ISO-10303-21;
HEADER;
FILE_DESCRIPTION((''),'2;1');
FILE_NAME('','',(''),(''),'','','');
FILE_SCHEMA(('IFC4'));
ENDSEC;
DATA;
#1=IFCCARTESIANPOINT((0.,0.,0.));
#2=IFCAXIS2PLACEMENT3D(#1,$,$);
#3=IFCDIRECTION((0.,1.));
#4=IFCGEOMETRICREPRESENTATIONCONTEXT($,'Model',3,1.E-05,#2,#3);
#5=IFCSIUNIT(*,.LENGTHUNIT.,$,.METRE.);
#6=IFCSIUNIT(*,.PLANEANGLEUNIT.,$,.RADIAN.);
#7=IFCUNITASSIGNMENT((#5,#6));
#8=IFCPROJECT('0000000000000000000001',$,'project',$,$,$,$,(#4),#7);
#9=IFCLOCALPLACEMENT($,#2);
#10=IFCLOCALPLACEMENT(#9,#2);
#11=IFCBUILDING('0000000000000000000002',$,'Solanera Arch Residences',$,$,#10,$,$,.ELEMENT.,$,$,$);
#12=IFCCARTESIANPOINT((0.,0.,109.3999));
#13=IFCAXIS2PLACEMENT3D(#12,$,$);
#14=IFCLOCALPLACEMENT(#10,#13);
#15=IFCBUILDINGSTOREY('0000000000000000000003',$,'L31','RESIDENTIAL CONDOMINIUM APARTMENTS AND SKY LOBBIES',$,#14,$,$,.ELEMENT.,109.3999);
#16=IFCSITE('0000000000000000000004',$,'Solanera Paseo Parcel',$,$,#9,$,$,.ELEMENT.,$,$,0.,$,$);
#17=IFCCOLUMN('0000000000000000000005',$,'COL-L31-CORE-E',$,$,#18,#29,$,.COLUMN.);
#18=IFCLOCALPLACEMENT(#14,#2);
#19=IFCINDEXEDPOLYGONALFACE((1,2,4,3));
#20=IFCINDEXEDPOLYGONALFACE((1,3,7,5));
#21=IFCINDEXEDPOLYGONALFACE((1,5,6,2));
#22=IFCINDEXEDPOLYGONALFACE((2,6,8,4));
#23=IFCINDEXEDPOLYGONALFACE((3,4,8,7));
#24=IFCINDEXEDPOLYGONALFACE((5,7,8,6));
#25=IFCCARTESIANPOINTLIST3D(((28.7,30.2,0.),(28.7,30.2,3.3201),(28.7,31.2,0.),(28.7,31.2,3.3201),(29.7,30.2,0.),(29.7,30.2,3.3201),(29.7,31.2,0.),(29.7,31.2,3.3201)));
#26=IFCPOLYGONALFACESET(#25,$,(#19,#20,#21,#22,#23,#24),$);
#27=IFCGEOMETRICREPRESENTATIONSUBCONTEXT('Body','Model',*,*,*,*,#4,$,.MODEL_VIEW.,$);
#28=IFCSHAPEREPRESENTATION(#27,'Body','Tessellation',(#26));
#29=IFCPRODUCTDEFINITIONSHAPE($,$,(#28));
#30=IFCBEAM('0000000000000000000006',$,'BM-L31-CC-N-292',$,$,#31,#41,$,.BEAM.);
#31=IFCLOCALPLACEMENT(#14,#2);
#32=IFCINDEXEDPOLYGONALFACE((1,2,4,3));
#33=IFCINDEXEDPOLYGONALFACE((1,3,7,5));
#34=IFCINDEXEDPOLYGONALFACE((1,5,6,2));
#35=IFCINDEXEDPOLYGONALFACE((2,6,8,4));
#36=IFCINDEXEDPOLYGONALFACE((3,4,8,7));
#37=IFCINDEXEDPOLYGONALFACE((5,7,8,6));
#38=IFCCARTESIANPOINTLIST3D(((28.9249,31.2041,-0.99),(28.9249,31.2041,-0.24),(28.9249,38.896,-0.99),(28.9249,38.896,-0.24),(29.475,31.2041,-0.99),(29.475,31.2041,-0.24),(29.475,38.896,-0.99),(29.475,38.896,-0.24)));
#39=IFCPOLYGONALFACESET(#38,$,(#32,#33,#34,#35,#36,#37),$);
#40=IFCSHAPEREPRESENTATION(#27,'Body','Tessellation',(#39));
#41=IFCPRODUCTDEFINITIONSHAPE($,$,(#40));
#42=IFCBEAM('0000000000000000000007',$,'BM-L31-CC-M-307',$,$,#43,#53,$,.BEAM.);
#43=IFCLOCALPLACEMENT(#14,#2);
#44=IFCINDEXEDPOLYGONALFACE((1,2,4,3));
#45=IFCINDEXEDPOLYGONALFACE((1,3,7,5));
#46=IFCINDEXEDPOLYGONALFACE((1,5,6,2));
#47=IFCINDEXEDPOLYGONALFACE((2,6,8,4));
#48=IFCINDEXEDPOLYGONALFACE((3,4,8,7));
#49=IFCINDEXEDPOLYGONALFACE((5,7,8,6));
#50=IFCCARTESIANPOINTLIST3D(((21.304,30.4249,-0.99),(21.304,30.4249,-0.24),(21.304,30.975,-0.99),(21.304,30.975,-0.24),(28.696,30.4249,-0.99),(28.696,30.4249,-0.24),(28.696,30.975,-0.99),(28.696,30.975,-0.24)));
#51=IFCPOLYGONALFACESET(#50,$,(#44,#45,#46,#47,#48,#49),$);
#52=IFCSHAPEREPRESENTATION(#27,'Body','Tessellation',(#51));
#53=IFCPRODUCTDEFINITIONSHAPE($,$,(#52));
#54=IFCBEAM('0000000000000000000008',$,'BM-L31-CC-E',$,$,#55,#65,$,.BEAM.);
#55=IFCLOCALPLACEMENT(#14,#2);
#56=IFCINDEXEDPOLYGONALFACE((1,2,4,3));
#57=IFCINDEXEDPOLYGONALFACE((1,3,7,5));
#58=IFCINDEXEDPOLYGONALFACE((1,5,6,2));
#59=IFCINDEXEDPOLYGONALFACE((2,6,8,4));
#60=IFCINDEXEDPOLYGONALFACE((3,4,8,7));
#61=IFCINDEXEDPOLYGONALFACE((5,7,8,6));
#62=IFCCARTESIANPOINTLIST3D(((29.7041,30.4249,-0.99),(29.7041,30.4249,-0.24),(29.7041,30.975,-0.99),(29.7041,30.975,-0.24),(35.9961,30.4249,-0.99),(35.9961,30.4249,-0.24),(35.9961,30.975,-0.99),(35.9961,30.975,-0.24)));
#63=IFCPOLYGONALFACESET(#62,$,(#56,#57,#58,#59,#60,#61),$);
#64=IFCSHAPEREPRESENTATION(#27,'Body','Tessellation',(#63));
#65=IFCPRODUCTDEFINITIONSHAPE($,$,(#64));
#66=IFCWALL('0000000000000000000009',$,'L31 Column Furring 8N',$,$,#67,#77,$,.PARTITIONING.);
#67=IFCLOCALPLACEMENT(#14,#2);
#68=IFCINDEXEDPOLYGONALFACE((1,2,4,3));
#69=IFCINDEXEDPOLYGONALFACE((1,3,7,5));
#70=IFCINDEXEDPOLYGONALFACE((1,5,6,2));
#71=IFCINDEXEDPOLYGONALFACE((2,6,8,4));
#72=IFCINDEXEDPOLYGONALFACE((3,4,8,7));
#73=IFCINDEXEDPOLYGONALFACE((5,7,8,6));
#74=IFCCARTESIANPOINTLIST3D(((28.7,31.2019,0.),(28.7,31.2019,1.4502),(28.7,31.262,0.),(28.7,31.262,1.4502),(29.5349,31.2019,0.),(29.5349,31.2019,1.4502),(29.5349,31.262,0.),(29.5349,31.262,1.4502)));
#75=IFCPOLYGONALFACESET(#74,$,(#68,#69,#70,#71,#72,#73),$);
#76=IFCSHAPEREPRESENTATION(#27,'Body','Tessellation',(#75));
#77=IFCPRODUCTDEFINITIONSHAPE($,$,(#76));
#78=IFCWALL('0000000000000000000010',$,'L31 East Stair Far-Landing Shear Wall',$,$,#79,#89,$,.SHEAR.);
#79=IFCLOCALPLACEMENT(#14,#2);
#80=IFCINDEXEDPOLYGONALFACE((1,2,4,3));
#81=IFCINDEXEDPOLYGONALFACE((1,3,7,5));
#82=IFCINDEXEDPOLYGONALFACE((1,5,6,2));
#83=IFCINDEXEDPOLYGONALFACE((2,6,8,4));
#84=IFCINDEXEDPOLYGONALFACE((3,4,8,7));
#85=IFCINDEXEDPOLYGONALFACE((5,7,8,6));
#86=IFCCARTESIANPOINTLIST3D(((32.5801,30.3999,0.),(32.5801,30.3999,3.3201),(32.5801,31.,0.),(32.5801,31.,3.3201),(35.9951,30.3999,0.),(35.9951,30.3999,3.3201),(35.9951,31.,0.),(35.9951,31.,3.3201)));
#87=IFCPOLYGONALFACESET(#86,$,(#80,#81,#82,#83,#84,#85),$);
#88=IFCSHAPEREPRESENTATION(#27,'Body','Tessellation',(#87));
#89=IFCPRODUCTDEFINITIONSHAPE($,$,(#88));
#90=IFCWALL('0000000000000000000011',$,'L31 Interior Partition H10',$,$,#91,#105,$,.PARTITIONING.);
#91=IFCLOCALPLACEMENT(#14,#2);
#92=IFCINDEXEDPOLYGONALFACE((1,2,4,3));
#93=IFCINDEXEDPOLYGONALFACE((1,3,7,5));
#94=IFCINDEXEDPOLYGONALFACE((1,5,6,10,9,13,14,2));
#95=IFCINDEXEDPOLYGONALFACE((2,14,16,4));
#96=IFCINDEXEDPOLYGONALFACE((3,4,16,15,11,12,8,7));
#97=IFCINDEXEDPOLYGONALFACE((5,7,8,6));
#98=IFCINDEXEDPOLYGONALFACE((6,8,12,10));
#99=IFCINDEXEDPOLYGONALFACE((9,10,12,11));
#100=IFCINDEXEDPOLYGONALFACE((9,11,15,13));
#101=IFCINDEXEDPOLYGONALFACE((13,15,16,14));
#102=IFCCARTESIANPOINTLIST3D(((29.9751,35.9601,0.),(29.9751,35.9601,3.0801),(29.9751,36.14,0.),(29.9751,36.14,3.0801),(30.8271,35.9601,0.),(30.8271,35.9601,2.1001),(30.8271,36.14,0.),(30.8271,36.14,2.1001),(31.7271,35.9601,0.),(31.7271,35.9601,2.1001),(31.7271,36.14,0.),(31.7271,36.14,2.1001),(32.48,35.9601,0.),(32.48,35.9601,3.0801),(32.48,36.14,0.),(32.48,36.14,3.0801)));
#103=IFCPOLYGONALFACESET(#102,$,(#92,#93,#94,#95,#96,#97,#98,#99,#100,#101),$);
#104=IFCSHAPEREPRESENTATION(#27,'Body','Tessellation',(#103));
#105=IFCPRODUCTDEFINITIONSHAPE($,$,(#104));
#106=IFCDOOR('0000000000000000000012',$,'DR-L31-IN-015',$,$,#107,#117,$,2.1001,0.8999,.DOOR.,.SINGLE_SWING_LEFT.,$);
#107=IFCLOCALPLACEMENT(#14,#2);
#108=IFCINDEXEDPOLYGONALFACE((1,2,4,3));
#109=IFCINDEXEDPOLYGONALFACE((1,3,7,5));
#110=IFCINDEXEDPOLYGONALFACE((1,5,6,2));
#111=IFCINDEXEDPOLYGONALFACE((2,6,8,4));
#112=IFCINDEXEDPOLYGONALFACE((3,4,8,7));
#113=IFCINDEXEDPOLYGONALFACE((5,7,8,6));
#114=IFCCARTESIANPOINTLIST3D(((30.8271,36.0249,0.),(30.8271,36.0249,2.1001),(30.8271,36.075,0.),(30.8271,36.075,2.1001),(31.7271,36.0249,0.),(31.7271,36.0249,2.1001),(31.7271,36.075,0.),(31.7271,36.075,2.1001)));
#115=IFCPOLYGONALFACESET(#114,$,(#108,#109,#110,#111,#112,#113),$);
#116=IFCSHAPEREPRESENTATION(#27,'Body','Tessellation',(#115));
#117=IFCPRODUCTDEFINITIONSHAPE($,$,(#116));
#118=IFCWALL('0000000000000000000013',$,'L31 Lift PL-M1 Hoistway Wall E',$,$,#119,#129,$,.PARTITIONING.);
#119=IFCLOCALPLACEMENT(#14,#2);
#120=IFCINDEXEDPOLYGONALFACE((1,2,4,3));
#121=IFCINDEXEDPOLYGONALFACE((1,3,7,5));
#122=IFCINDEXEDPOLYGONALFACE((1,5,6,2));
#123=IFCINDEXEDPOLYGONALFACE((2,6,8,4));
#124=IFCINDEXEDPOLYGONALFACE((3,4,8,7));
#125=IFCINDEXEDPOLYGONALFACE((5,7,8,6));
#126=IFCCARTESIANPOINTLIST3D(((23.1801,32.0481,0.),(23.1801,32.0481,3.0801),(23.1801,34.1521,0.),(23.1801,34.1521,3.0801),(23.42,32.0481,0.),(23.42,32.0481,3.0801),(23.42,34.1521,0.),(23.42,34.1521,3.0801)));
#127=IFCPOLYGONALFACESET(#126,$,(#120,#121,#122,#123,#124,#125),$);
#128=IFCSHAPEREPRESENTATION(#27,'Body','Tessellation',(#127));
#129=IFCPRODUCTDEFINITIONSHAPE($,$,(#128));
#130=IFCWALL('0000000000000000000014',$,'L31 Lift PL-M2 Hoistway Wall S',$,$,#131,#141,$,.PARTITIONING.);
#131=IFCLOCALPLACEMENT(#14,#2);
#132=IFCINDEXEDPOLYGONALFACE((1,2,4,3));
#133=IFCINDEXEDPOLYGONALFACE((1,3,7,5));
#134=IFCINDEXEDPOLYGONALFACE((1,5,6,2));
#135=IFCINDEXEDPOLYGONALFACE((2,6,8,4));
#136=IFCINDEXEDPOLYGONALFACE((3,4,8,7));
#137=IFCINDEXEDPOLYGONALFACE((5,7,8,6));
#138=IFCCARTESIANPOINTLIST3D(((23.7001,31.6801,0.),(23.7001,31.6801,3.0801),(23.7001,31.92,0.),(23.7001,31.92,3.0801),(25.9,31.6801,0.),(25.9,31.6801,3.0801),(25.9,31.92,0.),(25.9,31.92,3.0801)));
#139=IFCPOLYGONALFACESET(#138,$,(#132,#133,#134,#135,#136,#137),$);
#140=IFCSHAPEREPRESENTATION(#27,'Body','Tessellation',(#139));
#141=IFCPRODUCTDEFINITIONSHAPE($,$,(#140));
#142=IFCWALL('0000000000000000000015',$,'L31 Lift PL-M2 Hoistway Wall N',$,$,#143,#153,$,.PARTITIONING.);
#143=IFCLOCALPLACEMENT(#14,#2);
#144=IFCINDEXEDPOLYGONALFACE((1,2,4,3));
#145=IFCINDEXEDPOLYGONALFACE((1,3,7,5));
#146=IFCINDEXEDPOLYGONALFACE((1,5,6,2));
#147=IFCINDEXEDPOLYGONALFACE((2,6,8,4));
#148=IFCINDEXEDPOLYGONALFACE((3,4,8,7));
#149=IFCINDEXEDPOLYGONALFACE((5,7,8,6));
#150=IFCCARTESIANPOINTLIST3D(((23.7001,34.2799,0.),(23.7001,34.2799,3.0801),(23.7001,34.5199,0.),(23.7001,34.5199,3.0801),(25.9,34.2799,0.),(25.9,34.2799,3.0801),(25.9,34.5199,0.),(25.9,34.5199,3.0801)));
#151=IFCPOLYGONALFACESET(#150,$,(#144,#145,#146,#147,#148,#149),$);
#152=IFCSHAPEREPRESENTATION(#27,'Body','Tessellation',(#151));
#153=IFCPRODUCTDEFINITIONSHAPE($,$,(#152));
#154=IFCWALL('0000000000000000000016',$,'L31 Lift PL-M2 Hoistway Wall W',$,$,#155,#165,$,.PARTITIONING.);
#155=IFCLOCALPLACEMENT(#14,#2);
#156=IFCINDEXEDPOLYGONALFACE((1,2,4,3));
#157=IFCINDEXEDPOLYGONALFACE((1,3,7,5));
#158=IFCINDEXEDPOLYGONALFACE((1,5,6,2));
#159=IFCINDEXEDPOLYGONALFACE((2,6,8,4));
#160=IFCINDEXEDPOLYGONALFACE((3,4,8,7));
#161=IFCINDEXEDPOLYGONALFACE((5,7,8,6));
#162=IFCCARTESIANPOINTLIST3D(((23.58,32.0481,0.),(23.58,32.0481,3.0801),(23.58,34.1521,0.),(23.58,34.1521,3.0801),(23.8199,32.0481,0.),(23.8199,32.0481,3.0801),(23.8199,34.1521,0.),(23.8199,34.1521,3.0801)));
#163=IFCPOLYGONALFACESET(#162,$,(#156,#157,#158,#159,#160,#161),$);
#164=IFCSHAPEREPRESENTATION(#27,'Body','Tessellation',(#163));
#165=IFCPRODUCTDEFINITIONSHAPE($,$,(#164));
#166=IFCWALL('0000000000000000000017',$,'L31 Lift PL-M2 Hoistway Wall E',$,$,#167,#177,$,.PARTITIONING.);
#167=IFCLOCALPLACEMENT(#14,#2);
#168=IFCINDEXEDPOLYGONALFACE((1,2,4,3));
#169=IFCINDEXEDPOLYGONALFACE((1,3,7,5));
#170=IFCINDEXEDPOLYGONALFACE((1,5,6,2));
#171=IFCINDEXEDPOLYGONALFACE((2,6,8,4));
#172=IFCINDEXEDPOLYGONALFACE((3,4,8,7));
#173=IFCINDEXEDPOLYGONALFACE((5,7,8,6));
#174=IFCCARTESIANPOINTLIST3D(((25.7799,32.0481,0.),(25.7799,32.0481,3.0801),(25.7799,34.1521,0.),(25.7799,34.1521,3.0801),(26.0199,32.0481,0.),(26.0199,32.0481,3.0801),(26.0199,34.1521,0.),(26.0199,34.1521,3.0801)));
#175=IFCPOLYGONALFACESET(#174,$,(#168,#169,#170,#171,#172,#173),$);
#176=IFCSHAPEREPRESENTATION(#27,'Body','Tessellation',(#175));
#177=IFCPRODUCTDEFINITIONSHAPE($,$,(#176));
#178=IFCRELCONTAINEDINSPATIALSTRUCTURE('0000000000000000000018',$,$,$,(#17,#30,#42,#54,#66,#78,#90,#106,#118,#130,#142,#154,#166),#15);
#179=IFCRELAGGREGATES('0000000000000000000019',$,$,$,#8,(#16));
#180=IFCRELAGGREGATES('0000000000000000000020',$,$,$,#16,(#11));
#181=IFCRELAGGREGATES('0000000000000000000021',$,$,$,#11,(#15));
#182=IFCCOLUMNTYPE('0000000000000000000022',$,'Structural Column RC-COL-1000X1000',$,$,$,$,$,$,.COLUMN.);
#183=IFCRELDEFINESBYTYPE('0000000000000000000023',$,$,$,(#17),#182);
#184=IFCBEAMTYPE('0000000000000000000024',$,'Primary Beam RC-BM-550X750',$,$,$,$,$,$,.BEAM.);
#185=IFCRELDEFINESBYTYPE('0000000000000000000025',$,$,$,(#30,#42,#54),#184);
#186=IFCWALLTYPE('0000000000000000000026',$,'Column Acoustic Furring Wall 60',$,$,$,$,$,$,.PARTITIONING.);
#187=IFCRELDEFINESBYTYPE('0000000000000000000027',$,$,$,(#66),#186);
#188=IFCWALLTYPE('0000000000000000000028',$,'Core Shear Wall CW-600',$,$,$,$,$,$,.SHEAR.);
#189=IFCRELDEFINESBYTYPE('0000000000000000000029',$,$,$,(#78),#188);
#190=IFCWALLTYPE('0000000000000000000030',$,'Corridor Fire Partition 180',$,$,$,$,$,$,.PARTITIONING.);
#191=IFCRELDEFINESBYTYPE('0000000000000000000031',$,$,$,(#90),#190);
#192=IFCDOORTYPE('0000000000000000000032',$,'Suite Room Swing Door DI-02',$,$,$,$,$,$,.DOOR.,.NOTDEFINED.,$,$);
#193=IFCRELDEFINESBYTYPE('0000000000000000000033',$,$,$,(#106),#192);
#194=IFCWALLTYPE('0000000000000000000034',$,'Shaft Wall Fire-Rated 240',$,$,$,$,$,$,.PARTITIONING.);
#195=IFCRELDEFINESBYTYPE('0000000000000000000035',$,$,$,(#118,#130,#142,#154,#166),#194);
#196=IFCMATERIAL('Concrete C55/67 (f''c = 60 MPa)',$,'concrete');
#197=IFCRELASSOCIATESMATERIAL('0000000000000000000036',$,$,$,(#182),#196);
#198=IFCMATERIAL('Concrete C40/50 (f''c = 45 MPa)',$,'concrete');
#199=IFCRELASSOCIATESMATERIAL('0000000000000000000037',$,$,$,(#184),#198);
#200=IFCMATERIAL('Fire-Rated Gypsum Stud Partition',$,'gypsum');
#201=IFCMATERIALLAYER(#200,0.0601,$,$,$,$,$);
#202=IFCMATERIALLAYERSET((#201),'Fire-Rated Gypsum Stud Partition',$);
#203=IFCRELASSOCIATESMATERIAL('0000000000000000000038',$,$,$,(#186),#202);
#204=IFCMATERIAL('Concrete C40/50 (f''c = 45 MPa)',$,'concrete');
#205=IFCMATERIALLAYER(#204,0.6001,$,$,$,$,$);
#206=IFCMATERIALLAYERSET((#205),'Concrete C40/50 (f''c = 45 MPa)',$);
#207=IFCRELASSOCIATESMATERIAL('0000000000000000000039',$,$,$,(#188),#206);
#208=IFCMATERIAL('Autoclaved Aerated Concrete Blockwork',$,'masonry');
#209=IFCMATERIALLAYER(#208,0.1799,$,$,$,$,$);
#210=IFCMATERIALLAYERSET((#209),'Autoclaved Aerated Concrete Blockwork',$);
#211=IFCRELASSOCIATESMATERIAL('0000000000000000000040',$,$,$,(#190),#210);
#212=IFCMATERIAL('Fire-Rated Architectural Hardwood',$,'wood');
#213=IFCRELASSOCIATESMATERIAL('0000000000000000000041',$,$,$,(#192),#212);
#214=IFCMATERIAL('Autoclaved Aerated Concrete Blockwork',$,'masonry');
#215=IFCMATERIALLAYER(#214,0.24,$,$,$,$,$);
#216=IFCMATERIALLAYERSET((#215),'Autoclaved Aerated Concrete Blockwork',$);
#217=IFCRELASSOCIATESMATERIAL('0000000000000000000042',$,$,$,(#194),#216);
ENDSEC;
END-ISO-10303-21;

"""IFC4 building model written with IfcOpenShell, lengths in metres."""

from ifc_helpers import new_model, si_unit, direction, frame, frame_2d, origin, origin_2d, place, context, subcontext, project, spatial, rectangle, extrude, material, layer, layer_set, material_profile, profile_set, type_object, element, fill, save


model = new_model("IFC4")

# Units and contexts
model_context = context("Model", 3, precision=1e-05, world=origin(), true_north=direction((0.0, 1.0)))
body_context = subcontext(model_context, "Body", "Model", "MODEL_VIEW")
ifc_project = project(units=[si_unit("LENGTHUNIT", "METRE"), si_unit("PLANEANGLEUNIT", "RADIAN")], contexts=[model_context])

# Site, building, storey
site_placement = place(None, origin())
site = spatial("IfcSite", under=ifc_project, at=site_placement, Name="Solanera Paseo Parcel", CompositionType="ELEMENT", RefElevation=0.0)
building_placement = place(site_placement, origin())
building = spatial("IfcBuilding", under=site, at=building_placement, Name="Solanera Arch Residences", CompositionType="ELEMENT")
storey_placement = place(building_placement, frame((0.0, 0.0, 109.3999)))
storey = spatial("IfcBuildingStorey", under=building, at=storey_placement, Name="L31", Description="RESIDENTIAL CONDOMINIUM APARTMENTS AND SKY LOBBIES", CompositionType="ELEMENT", Elevation=109.3999)

# Column
ifc_material_1 = material(Name="Concrete C55/67 (f'c = 60 MPa)", Category="concrete")
ifc_material_profile_1 = material_profile(ifc_material_1, rectangle(XDim=1.0, YDim=1.0, at=origin_2d()))
ifc_profile_set_1 = profile_set([ifc_material_profile_1], Name="Concrete C55/67 (f'c = 60 MPa)")
column_type = type_object("IfcColumnType", Name="Structural Column RC-COL-1000X1000", PredefinedType="COLUMN", material=ifc_profile_set_1)
column_placement = place(storey_placement, frame((29.2, 30.7, 0.0), z_axis=(0.0, 0.0, 1.0), x_axis=(1.0, 0.0, 0.0)))
element("IfcColumn", 1, at=column_placement, inside=storey, type_object=column_type, Name="COL-L31-CORE-E", PredefinedType="COLUMN", context=body_context, shape_type="SweptSolid", body=[
    extrude(rectangle(XDim=1.0, YDim=1.0, at=origin_2d()), origin(), (0.0, 0.0, 1.0), 3.3201),
])

# Beams
ifc_material_2 = material(Name="Concrete C40/50 (f'c = 45 MPa)", Category="concrete")
ifc_material_profile_2 = material_profile(ifc_material_2, rectangle(XDim=0.55, YDim=0.75, at=origin_2d()))
ifc_profile_set_2 = profile_set([ifc_material_profile_2], Name="Concrete C40/50 (f'c = 45 MPa)")
beam_type = type_object("IfcBeamType", Name="Primary Beam RC-BM-550X750", PredefinedType="BEAM", material=ifc_profile_set_2)
beam_1_placement = place(storey_placement, frame((29.2, 31.2041, -0.615), z_axis=(0.0, 1.0, 0.0), x_axis=(-1.0, 0.0, 0.0)))
element("IfcBeam", 2, at=beam_1_placement, inside=storey, type_object=beam_type, Name="BM-L31-CC-N-292", PredefinedType="BEAM", context=body_context, shape_type="SweptSolid", body=[
    extrude(rectangle(XDim=0.55, YDim=0.75, at=origin_2d()), origin(), (0.0, 0.0, 1.0), 7.6919),
])
beam_2_placement = place(storey_placement, frame((21.304, 30.7, -0.615), z_axis=(1.0, 0.0, 0.0), x_axis=(0.0, 1.0, 0.0)))
element("IfcBeam", 3, at=beam_2_placement, inside=storey, type_object=beam_type, Name="BM-L31-CC-M-307", PredefinedType="BEAM", context=body_context, shape_type="SweptSolid", body=[
    extrude(rectangle(XDim=0.55, YDim=0.75, at=origin_2d()), origin(), (0.0, 0.0, 1.0), 7.3921),
])
beam_3_placement = place(storey_placement, frame((29.7041, 30.7, -0.615), z_axis=(1.0, 0.0, 0.0), x_axis=(0.0, 1.0, 0.0)))
element("IfcBeam", 4, at=beam_3_placement, inside=storey, type_object=beam_type, Name="BM-L31-CC-E", PredefinedType="BEAM", context=body_context, shape_type="SweptSolid", body=[
    extrude(rectangle(XDim=0.55, YDim=0.75, at=origin_2d()), origin(), (0.0, 0.0, 1.0), 6.292),
])

# Walls
ifc_material_3 = material(Name="Fire-Rated Gypsum Stud Partition", Category="gypsum")
ifc_layer_1 = layer(ifc_material_3, 0.0601)
ifc_layer_set_1 = layer_set([ifc_layer_1], Name="Fire-Rated Gypsum Stud Partition")
wall_type_1 = type_object("IfcWallType", Name="Column Acoustic Furring Wall 60", PredefinedType="PARTITIONING", material=ifc_layer_set_1)
wall_1_placement = place(storey_placement, frame((28.7, 31.2319, 0.0), z_axis=(0.0, 0.0, 1.0), x_axis=(1.0, 0.0, 0.0)))
element("IfcWall", 5, at=wall_1_placement, inside=storey, type_object=wall_type_1, Name="L31 Column Furring 8N", PredefinedType="PARTITIONING", context=body_context, shape_type="SweptSolid", body=[
    extrude(rectangle(XDim=0.835, YDim=0.0601, at=frame_2d((0.4175, 0.0))), origin(), (0.0, 0.0, 1.0), 1.4502),
])
ifc_material_4 = material(Name="Concrete C40/50 (f'c = 45 MPa)", Category="concrete")
ifc_layer_2 = layer(ifc_material_4, 0.6001)
ifc_layer_set_2 = layer_set([ifc_layer_2], Name="Concrete C40/50 (f'c = 45 MPa)")
wall_type_2 = type_object("IfcWallType", Name="Core Shear Wall CW-600", PredefinedType="SHEAR", material=ifc_layer_set_2)
wall_2_placement = place(storey_placement, frame((32.5801, 30.7, 0.0), z_axis=(0.0, 0.0, 1.0), x_axis=(1.0, 0.0, 0.0)))
element("IfcWall", 6, at=wall_2_placement, inside=storey, type_object=wall_type_2, Name="L31 East Stair Far-Landing Shear Wall", PredefinedType="SHEAR", context=body_context, shape_type="SweptSolid", body=[
    extrude(rectangle(XDim=3.415, YDim=0.6001, at=frame_2d((1.7075, 0.0))), origin(), (0.0, 0.0, 1.0), 3.3201),
])

# Wall, opening, door
ifc_material_5 = material(Name="Autoclaved Aerated Concrete Blockwork", Category="masonry")
ifc_layer_3 = layer(ifc_material_5, 0.1799)
ifc_layer_set_3 = layer_set([ifc_layer_3], Name="Autoclaved Aerated Concrete Blockwork")
wall_type_3 = type_object("IfcWallType", Name="Corridor Fire Partition 180", PredefinedType="PARTITIONING", material=ifc_layer_set_3)
wall_3_placement = place(storey_placement, frame((29.9751, 36.05, 0.0), z_axis=(0.0, 0.0, 1.0), x_axis=(1.0, 0.0, 0.0)))
wall_3 = element("IfcWall", 7, at=wall_3_placement, inside=storey, type_object=wall_type_3, Name="L31 Interior Partition H10", PredefinedType="PARTITIONING", context=body_context, shape_type="SweptSolid", body=[
    extrude(rectangle(XDim=2.5049, YDim=0.1799, at=frame_2d((1.2524, 0.0))), origin(), (0.0, 0.0, 1.0), 3.0801),
])
opening_1_placement = place(wall_3_placement, frame((0.8521, 0.0, 0.0)))
opening_1 = element("IfcOpeningElement", 8, at=opening_1_placement, cuts=wall_3, PredefinedType="OPENING", context=body_context, shape_type="SweptSolid", body=[
    extrude(rectangle(XDim=0.8999, YDim=2.1001, at=frame_2d((0.45, 1.05))), frame((0.0, 0.1001, 0.0), z_axis=(0.0, -1.0, 0.0), x_axis=(1.0, 0.0, 0.0)), (0.0, 0.0, 1.0), 0.1999),
])
ifc_material_6 = material(Name="Fire-Rated Architectural Hardwood", Category="wood")
door_type_1 = type_object("IfcDoorType", Name="Suite Room Swing Door DI-02", OperationType="NOTDEFINED", PredefinedType="DOOR", material=ifc_material_6)
door_1_placement = place(opening_1_placement, origin())
door_1 = element("IfcDoor", 9, at=door_1_placement, inside=storey, type_object=door_type_1, Name="DR-L31-IN-015", OperationType="SINGLE_SWING_LEFT", OverallHeight=2.1001, OverallWidth=0.8999, PredefinedType="DOOR", context=body_context, shape_type="SweptSolid", body=[
    extrude(rectangle(XDim=0.8999, YDim=2.1001, at=frame_2d((0.45, 1.05))), frame((0.0, 0.0249, 0.0), z_axis=(0.0, -1.0, 0.0), x_axis=(1.0, 0.0, 0.0)), (0.0, 0.0, 1.0), 0.05),
])
fill(opening_1, door_1)

# Walls
ifc_material_7 = material(Name="Autoclaved Aerated Concrete Blockwork", Category="masonry")
ifc_layer_4 = layer(ifc_material_7, 0.24)
ifc_layer_set_4 = layer_set([ifc_layer_4], Name="Autoclaved Aerated Concrete Blockwork")
wall_type_4 = type_object("IfcWallType", Name="Shaft Wall Fire-Rated 240", PredefinedType="PARTITIONING", material=ifc_layer_set_4)
wall_4_placement = place(storey_placement, frame((23.3, 32.0481, 0.0), z_axis=(0.0, 0.0, 1.0), x_axis=(0.0, 1.0, 0.0)))
element("IfcWall", 10, at=wall_4_placement, inside=storey, type_object=wall_type_4, Name="L31 Lift PL-M1 Hoistway Wall E", PredefinedType="PARTITIONING", context=body_context, shape_type="SweptSolid", body=[
    extrude(rectangle(XDim=2.104, YDim=0.24, at=frame_2d((1.052, 0.0))), origin(), (0.0, 0.0, 1.0), 3.0801),
])
for number, where, z_axis, x_axis, name in (
    (11, (23.7, 31.8, 0.0), (0.0, 0.0, 1.0), (1.0, 0.0, 0.0), "L31 Lift PL-M2 Hoistway Wall S"),
    (12, (23.7, 34.3999, 0.0), (0.0, 0.0, 1.0), (1.0, 0.0, 0.0), "L31 Lift PL-M2 Hoistway Wall N"),
):
    element("IfcWall", number, at=place(storey_placement, frame(where, z_axis=z_axis, x_axis=x_axis)), inside=storey, type_object=wall_type_4, Name=name, PredefinedType="PARTITIONING", context=body_context, shape_type="SweptSolid", body=[
        extrude(rectangle(XDim=2.2, YDim=0.24, at=frame_2d((1.1001, 0.0))), origin(), (0.0, 0.0, 1.0), 3.0801),
    ])
for number, where, z_axis, x_axis, name in (
    (13, (23.7, 32.0481, 0.0), (0.0, 0.0, 1.0), (0.0, 1.0, 0.0), "L31 Lift PL-M2 Hoistway Wall W"),
    (14, (25.8999, 32.0481, 0.0), (0.0, 0.0, 1.0), (0.0, 1.0, 0.0), "L31 Lift PL-M2 Hoistway Wall E"),
):
    element("IfcWall", number, at=place(storey_placement, frame(where, z_axis=z_axis, x_axis=x_axis)), inside=storey, type_object=wall_type_4, Name=name, PredefinedType="PARTITIONING", context=body_context, shape_type="SweptSolid", body=[
        extrude(rectangle(XDim=2.104, YDim=0.24, at=frame_2d((1.052, 0.0))), origin(), (0.0, 0.0, 1.0), 3.0801),
    ])

save(model, "model.ifc")
